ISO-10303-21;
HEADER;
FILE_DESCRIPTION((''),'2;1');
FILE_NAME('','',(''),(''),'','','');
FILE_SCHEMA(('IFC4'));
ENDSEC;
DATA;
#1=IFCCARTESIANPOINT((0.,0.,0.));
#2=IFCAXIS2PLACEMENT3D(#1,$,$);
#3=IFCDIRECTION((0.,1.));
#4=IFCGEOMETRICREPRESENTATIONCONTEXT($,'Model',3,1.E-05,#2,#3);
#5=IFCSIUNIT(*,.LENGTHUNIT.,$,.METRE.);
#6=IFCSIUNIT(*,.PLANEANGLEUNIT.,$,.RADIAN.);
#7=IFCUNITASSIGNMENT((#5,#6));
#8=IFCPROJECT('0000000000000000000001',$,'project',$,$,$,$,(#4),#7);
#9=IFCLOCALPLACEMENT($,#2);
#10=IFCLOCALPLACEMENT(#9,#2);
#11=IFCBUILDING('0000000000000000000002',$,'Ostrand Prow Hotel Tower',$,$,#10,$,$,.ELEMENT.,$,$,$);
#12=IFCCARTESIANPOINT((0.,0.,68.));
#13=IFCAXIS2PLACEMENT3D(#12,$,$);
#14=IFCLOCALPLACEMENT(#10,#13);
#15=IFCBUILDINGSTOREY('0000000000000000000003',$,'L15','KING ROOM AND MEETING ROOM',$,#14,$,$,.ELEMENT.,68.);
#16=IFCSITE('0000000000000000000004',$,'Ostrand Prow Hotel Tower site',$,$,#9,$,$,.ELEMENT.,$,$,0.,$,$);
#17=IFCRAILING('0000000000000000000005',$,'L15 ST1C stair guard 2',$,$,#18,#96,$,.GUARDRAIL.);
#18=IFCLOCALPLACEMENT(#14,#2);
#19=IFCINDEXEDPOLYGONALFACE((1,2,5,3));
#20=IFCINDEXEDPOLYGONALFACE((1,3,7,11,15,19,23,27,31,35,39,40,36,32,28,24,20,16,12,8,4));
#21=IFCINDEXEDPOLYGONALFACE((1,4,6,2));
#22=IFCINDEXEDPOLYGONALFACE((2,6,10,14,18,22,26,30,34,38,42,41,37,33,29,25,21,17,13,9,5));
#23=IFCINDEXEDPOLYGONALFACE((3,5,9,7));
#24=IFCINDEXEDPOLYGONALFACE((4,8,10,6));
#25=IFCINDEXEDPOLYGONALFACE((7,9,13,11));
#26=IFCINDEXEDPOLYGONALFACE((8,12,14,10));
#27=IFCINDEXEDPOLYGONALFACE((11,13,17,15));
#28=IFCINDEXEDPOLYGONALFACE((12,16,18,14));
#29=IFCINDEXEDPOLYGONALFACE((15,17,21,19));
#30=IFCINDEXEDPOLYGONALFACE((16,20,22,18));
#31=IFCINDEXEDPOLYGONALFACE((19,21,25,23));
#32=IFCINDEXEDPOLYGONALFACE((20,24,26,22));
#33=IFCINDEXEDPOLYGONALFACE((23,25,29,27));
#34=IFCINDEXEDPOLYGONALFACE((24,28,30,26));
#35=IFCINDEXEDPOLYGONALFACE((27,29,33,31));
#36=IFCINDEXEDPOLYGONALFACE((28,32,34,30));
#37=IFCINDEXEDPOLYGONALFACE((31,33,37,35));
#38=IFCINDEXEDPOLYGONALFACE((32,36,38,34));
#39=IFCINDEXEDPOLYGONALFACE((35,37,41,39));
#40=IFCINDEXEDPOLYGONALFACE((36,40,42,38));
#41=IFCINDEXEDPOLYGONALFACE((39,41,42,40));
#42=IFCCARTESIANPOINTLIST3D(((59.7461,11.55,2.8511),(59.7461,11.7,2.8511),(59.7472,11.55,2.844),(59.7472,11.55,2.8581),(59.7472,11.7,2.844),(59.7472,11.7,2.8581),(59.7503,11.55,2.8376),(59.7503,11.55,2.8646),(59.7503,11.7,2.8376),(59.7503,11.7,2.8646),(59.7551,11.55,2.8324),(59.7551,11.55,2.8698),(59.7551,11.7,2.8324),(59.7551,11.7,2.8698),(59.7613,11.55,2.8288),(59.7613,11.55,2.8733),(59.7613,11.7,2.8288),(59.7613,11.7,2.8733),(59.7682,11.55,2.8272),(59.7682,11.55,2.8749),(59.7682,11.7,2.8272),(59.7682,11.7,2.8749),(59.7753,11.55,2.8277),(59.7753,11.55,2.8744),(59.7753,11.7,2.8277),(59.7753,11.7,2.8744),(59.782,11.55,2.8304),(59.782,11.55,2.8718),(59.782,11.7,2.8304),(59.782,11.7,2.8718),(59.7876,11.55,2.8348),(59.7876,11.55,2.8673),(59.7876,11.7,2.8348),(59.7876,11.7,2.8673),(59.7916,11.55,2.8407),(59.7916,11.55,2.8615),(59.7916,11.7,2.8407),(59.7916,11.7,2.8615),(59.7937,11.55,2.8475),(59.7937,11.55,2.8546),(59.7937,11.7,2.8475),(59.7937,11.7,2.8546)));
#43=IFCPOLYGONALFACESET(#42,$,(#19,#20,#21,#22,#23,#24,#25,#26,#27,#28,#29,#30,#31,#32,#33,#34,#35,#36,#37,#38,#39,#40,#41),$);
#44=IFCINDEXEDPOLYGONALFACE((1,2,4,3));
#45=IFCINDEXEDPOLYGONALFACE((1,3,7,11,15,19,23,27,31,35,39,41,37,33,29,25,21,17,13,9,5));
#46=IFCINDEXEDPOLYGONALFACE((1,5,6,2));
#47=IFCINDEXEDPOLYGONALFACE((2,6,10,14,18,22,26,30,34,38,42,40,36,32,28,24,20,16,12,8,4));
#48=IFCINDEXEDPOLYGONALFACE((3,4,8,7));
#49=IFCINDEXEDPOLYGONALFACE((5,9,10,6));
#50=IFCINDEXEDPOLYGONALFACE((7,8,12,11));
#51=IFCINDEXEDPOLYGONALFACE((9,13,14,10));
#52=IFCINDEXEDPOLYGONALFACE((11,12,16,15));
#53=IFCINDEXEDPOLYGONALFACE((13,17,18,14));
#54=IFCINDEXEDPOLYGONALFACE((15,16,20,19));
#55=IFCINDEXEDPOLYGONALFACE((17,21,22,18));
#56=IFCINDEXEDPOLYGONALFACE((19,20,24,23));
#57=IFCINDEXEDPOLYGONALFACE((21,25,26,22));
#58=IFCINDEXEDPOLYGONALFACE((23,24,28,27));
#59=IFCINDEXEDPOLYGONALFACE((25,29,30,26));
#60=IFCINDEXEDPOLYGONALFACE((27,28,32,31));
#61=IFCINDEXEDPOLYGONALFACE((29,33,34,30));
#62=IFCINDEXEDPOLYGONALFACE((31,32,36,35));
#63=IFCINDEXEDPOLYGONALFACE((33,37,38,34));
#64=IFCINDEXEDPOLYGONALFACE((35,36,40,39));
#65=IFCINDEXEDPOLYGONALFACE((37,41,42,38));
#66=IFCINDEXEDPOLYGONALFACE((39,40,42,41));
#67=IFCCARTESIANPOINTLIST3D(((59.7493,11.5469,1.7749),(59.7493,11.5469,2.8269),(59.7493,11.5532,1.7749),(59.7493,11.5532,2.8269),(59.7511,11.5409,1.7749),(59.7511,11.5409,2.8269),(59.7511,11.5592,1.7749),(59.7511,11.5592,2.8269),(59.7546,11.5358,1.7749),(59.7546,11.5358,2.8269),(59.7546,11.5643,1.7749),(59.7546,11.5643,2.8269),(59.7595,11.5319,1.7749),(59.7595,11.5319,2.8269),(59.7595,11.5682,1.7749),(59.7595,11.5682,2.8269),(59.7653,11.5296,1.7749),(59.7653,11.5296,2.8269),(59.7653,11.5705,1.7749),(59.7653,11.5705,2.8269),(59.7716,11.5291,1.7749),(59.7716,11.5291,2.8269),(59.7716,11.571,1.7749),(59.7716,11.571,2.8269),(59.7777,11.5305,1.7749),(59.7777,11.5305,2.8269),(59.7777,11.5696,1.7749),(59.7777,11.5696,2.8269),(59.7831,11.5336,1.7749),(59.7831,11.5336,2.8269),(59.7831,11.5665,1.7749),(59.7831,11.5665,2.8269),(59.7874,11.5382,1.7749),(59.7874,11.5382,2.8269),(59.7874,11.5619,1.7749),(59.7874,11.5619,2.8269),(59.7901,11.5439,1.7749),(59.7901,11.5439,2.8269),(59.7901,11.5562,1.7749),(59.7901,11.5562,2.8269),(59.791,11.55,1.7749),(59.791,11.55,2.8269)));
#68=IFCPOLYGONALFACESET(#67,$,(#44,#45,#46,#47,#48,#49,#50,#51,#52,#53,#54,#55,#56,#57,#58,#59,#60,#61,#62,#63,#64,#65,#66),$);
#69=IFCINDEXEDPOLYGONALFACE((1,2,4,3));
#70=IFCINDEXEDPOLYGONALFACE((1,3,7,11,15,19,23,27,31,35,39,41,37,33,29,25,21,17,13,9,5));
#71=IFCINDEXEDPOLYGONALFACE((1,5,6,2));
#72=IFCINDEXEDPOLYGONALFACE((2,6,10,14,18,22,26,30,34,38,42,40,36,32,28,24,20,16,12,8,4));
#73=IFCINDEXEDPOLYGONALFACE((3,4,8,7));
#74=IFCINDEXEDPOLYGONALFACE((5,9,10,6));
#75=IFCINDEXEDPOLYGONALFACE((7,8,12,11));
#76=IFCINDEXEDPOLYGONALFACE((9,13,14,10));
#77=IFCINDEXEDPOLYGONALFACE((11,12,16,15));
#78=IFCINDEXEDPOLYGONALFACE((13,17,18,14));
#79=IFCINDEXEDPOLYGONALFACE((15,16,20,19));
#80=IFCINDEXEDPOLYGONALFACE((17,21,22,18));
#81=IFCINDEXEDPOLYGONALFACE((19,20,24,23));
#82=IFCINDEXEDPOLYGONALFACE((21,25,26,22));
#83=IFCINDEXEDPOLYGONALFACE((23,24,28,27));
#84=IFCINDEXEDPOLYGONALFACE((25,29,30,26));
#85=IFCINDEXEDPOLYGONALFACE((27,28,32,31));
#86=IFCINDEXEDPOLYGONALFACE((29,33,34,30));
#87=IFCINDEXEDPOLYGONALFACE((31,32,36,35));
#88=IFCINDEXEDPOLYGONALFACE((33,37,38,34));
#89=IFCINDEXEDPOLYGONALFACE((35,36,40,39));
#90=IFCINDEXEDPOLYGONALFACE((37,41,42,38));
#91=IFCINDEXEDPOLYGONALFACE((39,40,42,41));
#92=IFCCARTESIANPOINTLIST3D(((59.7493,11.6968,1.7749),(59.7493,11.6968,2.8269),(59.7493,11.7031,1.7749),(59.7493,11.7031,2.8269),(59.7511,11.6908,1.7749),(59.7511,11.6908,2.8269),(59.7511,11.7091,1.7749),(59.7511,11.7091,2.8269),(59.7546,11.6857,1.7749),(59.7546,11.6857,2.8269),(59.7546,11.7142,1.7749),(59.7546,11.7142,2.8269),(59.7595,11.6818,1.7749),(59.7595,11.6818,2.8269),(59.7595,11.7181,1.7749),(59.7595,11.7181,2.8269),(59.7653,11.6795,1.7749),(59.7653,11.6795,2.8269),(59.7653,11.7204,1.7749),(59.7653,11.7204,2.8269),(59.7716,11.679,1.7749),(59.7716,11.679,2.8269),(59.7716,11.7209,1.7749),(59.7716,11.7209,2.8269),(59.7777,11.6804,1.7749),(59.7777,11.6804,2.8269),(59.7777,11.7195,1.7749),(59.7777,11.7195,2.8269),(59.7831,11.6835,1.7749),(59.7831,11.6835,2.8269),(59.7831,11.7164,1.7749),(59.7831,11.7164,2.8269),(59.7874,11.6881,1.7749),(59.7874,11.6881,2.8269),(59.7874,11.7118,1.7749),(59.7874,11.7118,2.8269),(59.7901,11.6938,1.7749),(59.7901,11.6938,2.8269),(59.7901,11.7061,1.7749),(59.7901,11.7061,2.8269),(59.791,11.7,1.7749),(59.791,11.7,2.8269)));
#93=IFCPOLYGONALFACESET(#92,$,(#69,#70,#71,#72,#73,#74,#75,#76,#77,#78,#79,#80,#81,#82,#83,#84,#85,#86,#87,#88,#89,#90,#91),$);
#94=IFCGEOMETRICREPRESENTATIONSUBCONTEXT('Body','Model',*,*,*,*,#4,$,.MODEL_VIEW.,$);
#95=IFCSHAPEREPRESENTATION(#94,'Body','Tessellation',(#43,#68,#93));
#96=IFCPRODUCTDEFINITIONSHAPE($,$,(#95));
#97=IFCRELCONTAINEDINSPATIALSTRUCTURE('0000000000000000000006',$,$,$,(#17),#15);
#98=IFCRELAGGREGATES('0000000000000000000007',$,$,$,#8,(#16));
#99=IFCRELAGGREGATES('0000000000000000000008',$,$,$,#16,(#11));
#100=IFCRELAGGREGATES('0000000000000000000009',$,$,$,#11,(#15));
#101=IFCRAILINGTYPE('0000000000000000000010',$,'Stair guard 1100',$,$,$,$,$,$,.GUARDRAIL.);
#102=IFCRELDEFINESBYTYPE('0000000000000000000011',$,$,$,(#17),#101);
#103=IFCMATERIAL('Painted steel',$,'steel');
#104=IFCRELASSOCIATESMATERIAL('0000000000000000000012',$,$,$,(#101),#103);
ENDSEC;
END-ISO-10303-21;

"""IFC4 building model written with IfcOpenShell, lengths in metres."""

from ifc_helpers import new_model, si_unit, direction, frame, origin, origin_2d, place, context, subcontext, project, spatial, circle, extrude, material, type_object, element, save


model = new_model("IFC4")

# Units and contexts
model_context = context("Model", 3, precision=1e-05, world=origin(), true_north=direction((0.0, 1.0)))
body_context = subcontext(model_context, "Body", "Model", "MODEL_VIEW")
ifc_project = project(units=[si_unit("LENGTHUNIT", "METRE"), si_unit("PLANEANGLEUNIT", "RADIAN")], contexts=[model_context])

# Site, building, storey
site_placement = place(None, origin())
site = spatial("IfcSite", under=ifc_project, at=site_placement, Name="Ostrand Prow Hotel Tower site", CompositionType="ELEMENT", RefElevation=0.0)
building_placement = place(site_placement, origin())
building = spatial("IfcBuilding", under=site, at=building_placement, Name="Ostrand Prow Hotel Tower", CompositionType="ELEMENT")
storey_placement = place(building_placement, frame((0.0, 0.0, 68.0)))
storey = spatial("IfcBuildingStorey", under=building, at=storey_placement, Name="L15", Description="KING ROOM AND MEETING ROOM", CompositionType="ELEMENT", Elevation=68.0)

# Railing
ifc_material_1 = material(Name="Painted steel", Category="steel")
railing_type_1 = type_object("IfcRailingType", Name="Stair guard 1100", PredefinedType="GUARDRAIL", material=ifc_material_1)
railing_1_placement = place(storey_placement, frame((59.77, 11.55, 1.7749)))
element("IfcRailing", 1, at=railing_1_placement, inside=storey, type_object=railing_type_1, Name="L15 ST1C stair guard 2", PredefinedType="GUARDRAIL", context=body_context, shape_type="SweptSolid", body=[
    extrude(circle(Radius=0.0239, at=origin_2d()), frame((0.0, 0.0, 1.0762), z_axis=(0.0, 1.0, 0.0), x_axis=(-1.0, 0.0, 0.0)), (0.0, 0.0, 1.0), 0.1499),
    extrude(circle(Radius=0.021, at=origin_2d()), origin(), (0.0, 0.0, 1.0), 1.052),
    extrude(circle(Radius=0.021, at=origin_2d()), frame((0.0, 0.1499, 0.0)), (0.0, 0.0, 1.0), 1.052),
])

save(model, "model.ifc")
